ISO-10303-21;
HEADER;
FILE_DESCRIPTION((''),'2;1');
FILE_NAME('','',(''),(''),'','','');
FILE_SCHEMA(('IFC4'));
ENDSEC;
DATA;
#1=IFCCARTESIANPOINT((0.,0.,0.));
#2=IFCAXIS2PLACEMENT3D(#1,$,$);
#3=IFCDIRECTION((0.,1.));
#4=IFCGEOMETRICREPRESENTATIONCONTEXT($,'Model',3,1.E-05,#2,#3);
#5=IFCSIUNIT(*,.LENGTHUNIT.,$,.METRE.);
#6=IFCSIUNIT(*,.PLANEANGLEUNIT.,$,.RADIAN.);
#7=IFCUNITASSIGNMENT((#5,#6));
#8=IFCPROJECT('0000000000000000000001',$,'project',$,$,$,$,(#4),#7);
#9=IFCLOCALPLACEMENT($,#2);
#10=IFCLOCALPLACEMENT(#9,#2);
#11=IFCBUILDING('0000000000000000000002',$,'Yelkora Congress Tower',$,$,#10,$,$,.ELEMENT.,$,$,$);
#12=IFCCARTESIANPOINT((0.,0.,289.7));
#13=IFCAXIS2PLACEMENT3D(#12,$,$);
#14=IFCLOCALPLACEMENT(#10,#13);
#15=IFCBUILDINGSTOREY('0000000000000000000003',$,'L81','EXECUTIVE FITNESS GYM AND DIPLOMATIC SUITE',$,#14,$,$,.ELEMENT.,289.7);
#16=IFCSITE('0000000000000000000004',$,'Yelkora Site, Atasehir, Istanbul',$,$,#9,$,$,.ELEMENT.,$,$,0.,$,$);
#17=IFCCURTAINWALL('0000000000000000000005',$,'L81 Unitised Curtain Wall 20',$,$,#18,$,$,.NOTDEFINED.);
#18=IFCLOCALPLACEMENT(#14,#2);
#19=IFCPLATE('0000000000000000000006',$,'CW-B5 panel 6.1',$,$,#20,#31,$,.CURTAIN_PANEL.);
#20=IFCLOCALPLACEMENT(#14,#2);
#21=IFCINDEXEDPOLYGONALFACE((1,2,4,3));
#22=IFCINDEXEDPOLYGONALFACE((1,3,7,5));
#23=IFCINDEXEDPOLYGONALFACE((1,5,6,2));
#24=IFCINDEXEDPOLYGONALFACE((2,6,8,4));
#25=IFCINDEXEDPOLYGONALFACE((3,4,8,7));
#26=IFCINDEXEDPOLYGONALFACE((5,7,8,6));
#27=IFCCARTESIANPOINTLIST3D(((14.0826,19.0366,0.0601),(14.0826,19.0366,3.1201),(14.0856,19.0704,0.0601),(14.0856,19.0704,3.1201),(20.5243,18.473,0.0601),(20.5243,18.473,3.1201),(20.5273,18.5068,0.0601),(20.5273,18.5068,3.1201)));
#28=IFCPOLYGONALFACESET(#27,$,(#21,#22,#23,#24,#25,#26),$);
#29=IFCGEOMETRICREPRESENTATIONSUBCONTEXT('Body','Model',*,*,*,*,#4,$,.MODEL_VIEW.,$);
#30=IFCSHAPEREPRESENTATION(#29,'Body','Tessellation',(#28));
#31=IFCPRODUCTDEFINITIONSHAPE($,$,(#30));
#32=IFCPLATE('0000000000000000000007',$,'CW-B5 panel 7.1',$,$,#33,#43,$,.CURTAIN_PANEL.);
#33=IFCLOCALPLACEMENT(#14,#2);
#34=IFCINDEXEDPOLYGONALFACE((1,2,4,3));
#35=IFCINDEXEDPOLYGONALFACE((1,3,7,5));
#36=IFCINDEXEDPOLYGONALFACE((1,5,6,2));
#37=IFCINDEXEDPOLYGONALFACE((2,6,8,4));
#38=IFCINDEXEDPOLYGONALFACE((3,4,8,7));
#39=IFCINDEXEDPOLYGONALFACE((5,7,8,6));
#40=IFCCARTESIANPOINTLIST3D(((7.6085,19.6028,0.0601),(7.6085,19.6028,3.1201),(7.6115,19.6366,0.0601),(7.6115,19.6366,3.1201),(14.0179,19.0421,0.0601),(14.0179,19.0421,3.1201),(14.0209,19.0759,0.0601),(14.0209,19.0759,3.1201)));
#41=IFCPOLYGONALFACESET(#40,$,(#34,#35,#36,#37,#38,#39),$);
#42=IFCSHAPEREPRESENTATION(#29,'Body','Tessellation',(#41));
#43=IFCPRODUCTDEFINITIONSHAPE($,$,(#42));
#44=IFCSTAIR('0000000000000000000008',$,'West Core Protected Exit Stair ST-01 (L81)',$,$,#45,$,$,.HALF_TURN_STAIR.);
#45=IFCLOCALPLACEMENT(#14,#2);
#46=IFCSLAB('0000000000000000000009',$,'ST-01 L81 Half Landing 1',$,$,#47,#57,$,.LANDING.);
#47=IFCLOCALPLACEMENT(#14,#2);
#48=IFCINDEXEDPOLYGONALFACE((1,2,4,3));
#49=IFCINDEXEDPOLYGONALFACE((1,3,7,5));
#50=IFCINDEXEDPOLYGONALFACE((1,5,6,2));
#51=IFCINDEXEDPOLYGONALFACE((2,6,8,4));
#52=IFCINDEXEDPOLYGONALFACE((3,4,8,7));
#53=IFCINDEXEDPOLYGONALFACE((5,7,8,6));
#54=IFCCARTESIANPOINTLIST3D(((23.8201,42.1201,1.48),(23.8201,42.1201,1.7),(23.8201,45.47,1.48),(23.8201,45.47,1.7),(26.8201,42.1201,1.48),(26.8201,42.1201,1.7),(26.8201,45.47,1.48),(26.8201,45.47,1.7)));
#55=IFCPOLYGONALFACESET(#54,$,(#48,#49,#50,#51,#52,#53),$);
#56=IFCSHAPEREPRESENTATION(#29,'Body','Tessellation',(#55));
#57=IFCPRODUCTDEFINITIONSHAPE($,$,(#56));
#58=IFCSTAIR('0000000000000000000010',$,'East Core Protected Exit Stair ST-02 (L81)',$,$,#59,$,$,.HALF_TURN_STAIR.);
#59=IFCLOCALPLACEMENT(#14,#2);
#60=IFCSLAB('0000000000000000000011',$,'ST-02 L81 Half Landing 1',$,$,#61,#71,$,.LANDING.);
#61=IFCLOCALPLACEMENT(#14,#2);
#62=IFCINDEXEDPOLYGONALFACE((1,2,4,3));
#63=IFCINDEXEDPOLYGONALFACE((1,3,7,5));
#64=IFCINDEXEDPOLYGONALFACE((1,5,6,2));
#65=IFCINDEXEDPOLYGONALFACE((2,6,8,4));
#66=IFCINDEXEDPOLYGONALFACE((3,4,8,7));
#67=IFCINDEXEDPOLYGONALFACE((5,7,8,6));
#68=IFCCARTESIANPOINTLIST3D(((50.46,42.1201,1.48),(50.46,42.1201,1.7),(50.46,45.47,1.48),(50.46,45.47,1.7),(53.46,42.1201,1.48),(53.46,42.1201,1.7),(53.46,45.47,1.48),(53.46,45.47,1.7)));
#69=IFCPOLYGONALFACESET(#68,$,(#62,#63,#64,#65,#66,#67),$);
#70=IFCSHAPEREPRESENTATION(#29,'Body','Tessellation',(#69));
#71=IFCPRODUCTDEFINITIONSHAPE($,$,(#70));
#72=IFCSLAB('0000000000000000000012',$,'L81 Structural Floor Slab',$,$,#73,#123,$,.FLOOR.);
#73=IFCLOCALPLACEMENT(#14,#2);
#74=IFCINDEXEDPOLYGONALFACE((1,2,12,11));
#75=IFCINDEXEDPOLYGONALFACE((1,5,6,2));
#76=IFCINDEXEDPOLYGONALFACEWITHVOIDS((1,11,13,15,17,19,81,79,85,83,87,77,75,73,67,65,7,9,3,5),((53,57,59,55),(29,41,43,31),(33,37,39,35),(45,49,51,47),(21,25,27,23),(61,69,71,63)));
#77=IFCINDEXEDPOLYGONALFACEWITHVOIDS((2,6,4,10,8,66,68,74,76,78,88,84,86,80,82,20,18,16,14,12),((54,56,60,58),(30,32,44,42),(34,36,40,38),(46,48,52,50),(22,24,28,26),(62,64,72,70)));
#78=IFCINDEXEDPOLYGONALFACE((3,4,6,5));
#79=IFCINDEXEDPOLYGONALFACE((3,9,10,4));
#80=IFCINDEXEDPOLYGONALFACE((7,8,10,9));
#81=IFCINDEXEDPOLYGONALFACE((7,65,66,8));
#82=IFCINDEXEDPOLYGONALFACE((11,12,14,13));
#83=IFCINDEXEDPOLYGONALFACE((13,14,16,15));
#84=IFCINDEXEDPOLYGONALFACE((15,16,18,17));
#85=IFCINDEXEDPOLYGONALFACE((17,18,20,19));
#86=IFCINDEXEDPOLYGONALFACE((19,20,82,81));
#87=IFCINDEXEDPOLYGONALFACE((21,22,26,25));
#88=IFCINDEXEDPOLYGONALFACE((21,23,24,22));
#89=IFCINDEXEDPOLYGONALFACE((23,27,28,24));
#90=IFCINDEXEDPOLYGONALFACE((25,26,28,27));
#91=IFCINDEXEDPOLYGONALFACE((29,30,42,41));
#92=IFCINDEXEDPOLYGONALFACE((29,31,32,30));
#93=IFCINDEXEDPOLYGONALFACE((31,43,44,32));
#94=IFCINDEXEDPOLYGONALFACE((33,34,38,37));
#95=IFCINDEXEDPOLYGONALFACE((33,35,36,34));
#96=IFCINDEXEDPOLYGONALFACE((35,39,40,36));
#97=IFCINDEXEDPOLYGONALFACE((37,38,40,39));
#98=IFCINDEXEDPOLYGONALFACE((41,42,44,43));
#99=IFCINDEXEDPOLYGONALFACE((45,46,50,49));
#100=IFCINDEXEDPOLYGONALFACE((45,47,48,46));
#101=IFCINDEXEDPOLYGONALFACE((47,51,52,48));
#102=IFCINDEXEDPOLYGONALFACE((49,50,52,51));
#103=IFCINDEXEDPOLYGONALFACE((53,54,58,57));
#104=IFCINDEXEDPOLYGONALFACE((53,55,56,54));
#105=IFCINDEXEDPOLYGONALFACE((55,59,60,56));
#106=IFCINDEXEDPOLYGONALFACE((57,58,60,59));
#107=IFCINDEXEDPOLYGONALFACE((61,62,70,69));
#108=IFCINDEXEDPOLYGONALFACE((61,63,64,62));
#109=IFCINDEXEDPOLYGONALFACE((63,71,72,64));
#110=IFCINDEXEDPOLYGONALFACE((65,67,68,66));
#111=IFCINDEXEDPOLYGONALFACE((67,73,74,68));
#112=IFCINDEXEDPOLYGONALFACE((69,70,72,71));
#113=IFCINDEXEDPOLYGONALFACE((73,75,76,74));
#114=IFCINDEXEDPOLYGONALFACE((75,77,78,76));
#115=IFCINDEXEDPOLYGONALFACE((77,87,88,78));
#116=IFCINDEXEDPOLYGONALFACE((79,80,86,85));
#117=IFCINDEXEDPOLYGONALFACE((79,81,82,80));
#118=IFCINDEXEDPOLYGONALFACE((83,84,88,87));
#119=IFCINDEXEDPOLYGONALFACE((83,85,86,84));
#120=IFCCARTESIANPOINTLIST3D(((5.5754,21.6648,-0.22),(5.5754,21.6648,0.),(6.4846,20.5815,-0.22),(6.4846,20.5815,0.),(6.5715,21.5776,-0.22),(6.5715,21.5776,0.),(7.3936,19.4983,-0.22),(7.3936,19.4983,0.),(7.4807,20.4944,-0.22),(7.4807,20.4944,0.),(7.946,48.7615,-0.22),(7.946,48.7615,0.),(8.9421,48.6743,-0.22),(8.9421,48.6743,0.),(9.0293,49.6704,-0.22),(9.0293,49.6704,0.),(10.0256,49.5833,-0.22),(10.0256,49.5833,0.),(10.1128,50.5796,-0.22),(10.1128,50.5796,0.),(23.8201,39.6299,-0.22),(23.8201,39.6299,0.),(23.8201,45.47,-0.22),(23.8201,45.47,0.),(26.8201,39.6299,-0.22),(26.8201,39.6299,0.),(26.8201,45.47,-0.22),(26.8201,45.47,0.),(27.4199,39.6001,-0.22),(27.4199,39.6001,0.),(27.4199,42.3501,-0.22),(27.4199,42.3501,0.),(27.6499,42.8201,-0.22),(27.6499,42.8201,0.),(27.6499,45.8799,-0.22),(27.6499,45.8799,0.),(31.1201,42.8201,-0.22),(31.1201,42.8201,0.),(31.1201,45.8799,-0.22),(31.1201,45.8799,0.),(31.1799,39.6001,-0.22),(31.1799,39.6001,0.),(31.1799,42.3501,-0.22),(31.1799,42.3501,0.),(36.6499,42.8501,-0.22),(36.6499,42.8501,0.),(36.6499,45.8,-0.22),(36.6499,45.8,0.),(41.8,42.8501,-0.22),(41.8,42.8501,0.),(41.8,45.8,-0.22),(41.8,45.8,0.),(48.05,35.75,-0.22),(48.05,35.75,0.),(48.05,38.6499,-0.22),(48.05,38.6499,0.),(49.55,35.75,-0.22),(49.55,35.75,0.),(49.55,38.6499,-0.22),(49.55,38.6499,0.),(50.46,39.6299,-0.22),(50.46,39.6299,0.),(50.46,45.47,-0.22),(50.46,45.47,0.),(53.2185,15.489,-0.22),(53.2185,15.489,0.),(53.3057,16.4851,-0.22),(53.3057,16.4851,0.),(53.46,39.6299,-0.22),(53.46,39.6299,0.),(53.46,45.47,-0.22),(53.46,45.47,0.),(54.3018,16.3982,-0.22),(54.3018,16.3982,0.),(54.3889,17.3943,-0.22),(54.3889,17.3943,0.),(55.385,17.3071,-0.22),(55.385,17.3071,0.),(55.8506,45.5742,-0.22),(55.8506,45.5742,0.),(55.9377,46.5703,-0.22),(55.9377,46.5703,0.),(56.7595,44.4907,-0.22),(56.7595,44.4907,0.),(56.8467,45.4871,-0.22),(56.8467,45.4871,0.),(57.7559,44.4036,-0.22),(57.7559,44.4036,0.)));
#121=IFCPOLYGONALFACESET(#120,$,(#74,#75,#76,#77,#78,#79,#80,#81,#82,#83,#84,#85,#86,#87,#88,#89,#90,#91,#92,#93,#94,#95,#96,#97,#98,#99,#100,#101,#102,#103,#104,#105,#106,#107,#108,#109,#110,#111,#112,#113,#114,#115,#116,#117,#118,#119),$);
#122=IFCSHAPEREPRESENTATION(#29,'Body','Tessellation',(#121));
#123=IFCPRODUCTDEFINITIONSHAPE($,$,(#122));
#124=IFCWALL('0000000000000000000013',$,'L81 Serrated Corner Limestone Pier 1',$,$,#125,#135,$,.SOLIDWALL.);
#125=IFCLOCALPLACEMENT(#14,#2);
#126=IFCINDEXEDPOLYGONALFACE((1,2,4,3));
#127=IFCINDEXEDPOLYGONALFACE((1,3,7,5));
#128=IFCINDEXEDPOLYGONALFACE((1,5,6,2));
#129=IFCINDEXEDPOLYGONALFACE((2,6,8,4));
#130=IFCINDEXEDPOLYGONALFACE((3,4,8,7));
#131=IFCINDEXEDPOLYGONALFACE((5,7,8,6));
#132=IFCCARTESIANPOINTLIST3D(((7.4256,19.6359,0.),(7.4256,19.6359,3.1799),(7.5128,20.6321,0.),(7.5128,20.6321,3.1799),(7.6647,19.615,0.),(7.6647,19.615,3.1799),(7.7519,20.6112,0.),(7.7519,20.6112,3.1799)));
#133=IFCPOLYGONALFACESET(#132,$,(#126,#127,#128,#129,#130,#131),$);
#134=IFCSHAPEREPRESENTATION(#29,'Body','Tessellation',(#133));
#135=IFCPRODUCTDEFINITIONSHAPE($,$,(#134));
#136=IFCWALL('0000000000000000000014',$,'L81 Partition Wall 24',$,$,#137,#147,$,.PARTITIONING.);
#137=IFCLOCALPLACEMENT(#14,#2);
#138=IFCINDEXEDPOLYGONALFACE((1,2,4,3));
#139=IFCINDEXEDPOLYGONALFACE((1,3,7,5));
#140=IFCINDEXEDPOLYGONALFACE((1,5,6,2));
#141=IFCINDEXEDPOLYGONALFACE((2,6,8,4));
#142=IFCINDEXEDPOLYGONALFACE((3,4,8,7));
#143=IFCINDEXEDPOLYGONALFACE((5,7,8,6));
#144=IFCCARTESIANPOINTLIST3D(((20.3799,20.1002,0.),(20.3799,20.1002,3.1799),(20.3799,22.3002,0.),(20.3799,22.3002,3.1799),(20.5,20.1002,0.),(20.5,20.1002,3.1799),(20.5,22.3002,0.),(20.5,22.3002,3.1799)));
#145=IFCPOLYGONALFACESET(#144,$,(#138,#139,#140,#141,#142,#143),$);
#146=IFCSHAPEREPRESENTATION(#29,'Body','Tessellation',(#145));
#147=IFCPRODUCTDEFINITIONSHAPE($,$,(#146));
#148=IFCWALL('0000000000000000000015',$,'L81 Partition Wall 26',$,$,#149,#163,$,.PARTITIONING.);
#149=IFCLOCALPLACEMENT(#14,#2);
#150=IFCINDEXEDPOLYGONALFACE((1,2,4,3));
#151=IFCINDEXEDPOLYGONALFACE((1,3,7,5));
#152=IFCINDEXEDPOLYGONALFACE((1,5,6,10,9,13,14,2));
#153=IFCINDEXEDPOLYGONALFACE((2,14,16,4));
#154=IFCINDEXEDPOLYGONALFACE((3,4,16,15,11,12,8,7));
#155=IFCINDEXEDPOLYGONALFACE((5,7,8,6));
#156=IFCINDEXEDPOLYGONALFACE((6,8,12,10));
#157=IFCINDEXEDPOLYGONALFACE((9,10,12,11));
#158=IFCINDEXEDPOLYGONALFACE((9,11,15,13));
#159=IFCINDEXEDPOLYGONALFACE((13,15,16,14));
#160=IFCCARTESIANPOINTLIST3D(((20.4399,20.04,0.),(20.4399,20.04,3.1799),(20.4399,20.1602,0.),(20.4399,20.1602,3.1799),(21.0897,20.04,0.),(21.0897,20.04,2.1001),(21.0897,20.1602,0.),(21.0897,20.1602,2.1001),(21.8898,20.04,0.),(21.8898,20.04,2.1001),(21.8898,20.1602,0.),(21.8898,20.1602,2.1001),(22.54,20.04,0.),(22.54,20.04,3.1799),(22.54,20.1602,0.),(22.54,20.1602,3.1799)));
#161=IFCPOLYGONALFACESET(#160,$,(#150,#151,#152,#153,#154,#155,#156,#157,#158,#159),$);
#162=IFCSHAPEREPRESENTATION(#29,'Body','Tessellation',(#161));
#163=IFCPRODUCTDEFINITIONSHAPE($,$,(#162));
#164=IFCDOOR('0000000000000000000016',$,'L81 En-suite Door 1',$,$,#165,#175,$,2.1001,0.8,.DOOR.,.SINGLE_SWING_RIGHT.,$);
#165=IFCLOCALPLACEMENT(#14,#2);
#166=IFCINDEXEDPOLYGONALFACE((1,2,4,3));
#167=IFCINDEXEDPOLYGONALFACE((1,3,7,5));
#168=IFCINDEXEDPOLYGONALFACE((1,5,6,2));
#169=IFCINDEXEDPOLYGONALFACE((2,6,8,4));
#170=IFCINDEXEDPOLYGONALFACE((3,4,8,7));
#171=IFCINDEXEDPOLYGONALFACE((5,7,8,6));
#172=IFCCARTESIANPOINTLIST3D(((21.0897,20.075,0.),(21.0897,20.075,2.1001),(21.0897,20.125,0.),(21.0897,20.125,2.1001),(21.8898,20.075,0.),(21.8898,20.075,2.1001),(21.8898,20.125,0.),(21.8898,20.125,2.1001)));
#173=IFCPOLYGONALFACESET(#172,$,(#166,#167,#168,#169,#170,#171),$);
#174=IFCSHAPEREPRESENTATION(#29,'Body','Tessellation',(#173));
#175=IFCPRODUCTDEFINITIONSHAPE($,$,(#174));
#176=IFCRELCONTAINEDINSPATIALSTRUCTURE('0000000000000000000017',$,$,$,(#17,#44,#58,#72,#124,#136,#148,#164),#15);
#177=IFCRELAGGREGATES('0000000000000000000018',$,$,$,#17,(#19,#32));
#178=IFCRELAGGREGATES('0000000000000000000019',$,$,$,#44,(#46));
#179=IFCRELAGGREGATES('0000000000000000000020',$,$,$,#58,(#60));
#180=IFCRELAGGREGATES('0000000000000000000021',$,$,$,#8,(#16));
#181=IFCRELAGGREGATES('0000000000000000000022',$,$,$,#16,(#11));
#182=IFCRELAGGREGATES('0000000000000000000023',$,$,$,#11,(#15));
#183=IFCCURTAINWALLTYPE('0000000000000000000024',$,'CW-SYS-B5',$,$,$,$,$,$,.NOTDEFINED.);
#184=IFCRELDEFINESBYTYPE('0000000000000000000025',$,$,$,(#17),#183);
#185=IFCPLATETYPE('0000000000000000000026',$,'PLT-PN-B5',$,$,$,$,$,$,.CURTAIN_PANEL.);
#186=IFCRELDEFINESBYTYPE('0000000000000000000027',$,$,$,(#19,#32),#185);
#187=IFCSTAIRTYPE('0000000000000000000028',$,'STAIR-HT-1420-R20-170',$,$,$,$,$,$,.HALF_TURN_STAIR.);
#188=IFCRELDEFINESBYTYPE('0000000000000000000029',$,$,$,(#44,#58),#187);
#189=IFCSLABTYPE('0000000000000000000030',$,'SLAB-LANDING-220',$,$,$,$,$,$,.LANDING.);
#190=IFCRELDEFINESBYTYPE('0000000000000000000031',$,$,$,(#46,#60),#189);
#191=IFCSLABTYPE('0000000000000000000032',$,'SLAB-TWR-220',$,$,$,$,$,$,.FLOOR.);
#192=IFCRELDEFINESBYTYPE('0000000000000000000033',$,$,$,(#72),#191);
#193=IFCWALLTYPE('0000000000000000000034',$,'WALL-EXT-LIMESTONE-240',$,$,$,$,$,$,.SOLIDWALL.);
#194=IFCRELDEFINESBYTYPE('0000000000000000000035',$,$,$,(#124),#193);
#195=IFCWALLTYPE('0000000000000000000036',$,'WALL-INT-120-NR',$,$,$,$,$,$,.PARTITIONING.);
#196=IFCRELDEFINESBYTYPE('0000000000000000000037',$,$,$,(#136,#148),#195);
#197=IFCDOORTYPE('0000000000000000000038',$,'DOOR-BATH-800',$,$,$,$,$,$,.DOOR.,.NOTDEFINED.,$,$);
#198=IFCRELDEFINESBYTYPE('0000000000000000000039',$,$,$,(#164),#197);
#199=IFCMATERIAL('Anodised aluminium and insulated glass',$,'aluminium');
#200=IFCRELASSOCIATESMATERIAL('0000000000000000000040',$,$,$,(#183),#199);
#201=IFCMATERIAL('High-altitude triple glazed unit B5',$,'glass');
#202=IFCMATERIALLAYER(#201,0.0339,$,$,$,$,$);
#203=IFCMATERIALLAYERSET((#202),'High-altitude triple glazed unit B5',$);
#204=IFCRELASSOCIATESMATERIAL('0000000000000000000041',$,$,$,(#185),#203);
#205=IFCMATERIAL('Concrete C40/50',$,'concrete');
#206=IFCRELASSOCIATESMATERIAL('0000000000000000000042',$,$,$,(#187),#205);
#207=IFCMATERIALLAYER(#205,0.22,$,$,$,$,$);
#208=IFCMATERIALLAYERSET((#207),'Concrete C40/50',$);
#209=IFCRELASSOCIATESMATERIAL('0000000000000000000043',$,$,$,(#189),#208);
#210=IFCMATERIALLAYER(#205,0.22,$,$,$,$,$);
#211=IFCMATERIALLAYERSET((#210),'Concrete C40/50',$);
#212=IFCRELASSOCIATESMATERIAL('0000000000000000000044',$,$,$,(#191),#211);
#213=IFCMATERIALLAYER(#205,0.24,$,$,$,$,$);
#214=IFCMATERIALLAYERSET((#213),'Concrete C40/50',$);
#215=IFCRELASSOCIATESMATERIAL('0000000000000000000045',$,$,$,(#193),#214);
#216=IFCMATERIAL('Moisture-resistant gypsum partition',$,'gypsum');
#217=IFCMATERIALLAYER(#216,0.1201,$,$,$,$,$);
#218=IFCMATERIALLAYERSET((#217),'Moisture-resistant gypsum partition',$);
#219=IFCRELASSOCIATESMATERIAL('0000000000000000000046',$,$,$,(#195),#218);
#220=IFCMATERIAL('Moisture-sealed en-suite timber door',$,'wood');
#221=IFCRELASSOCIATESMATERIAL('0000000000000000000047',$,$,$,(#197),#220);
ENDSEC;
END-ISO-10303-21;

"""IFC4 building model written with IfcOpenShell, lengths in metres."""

from ifc_helpers import new_model, si_unit, direction, frame, frame_2d, origin, origin_2d, place, context, subcontext, project, spatial, polyline, rectangle, outline, extrude, material, layer, layer_set, type_object, element, fill, aggregate, save


model = new_model("IFC4")

# Units and contexts
model_context = context("Model", 3, precision=1e-05, world=origin(), true_north=direction((0.0, 1.0)))
body_context = subcontext(model_context, "Body", "Model", "MODEL_VIEW")
ifc_project = project(units=[si_unit("LENGTHUNIT", "METRE"), si_unit("PLANEANGLEUNIT", "RADIAN")], contexts=[model_context])

# Site, building, storey
site_placement = place(None, origin())
site = spatial("IfcSite", under=ifc_project, at=site_placement, Name="Yelkora Site, Atasehir, Istanbul", CompositionType="ELEMENT", RefElevation=0.0)
building_placement = place(site_placement, origin())
building = spatial("IfcBuilding", under=site, at=building_placement, Name="Yelkora Congress Tower", CompositionType="ELEMENT")
storey_placement = place(building_placement, frame((0.0, 0.0, 289.7)))
storey = spatial("IfcBuildingStorey", under=building, at=storey_placement, Name="L81", Description="EXECUTIVE FITNESS GYM AND DIPLOMATIC SUITE", CompositionType="ELEMENT", Elevation=289.7)

# Curtain wall, plates
ifc_material_1 = material(Name="Anodised aluminium and insulated glass", Category="aluminium")
curtain_wall_type = type_object("IfcCurtainWallType", Name="CW-SYS-B5", PredefinedType="NOTDEFINED", material=ifc_material_1)
curtain_wall_placement = place(storey_placement, origin())
curtain_wall = element("IfcCurtainWall", 1, at=curtain_wall_placement, inside=storey, type_object=curtain_wall_type, Name="L81 Unitised Curtain Wall 20", PredefinedType="NOTDEFINED")
ifc_material_2 = material(Name="High-altitude triple glazed unit B5", Category="glass")
ifc_layer_1 = layer(ifc_material_2, 0.0339)
ifc_layer_set_1 = layer_set([ifc_layer_1], Name="High-altitude triple glazed unit B5")
plate_type = type_object("IfcPlateType", Name="PLT-PN-B5", PredefinedType="CURTAIN_PANEL", material=ifc_layer_set_1)
plate_1_placement = place(storey_placement, frame((17.3049, 18.7717, 0.0601), z_axis=(0.0, 0.0, 1.0), x_axis=(-0.996195, 0.087157, 0.0)))
plate_1 = element("IfcPlate", 2, at=plate_1_placement, type_object=plate_type, Name="CW-B5 panel 6.1", PredefinedType="CURTAIN_PANEL", context=body_context, shape_type="SweptSolid", body=[
    extrude(rectangle(XDim=6.4663, YDim=0.0339, at=origin_2d()), origin(), (0.0, 0.0, 1.0), 3.0601),
])
plate_2_placement = place(storey_placement, frame((10.8147, 19.3394, 0.0601), z_axis=(0.0, 0.0, 1.0), x_axis=(-0.996195, 0.087157, 0.0)))
plate_2 = element("IfcPlate", 3, at=plate_2_placement, type_object=plate_type, Name="CW-B5 panel 7.1", PredefinedType="CURTAIN_PANEL", context=body_context, shape_type="SweptSolid", body=[
    extrude(rectangle(XDim=6.4338, YDim=0.0339, at=origin_2d()), origin(), (0.0, 0.0, 1.0), 3.0601),
])
aggregate(curtain_wall, [plate_1, plate_2])

# Stairs, slabs
ifc_material_3 = material(Name="Concrete C40/50", Category="concrete")
stair_type = type_object("IfcStairType", Name="STAIR-HT-1420-R20-170", PredefinedType="HALF_TURN_STAIR", material=ifc_material_3)
stair_1_placement = place(storey_placement, origin())
stair_1 = element("IfcStair", 4, at=stair_1_placement, inside=storey, type_object=stair_type, Name="West Core Protected Exit Stair ST-01 (L81)", PredefinedType="HALF_TURN_STAIR")
ifc_layer_2 = layer(ifc_material_3, 0.22)
ifc_layer_set_2 = layer_set([ifc_layer_2], Name="Concrete C40/50")
slab_type_1 = type_object("IfcSlabType", Name="SLAB-LANDING-220", PredefinedType="LANDING", material=ifc_layer_set_2)
slab_1_placement = place(storey_placement, frame((0.0, 0.0, 1.48)))
slab_1 = element("IfcSlab", 5, at=slab_1_placement, type_object=slab_type_1, Name="ST-01 L81 Half Landing 1", PredefinedType="LANDING", context=body_context, shape_type="SweptSolid", body=[
    extrude(outline(polyline([(26.8201, 42.1201), (26.8201, 45.47), (23.8201, 45.47), (23.8201, 42.1201), (26.8201, 42.1201)])), origin(), (0.0, 0.0, 1.0), 0.22),
])
aggregate(stair_1, [slab_1])
stair_2_placement = place(storey_placement, origin())
stair_2 = element("IfcStair", 6, at=stair_2_placement, inside=storey, type_object=stair_type, Name="East Core Protected Exit Stair ST-02 (L81)", PredefinedType="HALF_TURN_STAIR")
slab_2_placement = place(storey_placement, frame((0.0, 0.0, 1.48)))
slab_2 = element("IfcSlab", 7, at=slab_2_placement, type_object=slab_type_1, Name="ST-02 L81 Half Landing 1", PredefinedType="LANDING", context=body_context, shape_type="SweptSolid", body=[
    extrude(outline(polyline([(53.46, 42.1201), (53.46, 45.47), (50.46, 45.47), (50.46, 42.1201), (53.46, 42.1201)])), origin(), (0.0, 0.0, 1.0), 0.22),
])
aggregate(stair_2, [slab_2])

# Slab
ifc_layer_3 = layer(ifc_material_3, 0.22)
ifc_layer_set_3 = layer_set([ifc_layer_3], Name="Concrete C40/50")
slab_type_2 = type_object("IfcSlabType", Name="SLAB-TWR-220", PredefinedType="FLOOR", material=ifc_layer_set_3)
slab_3_placement = place(storey_placement, frame((0.0, 0.0, -0.22)))
element("IfcSlab", 8, at=slab_3_placement, inside=storey, type_object=slab_type_2, Name="L81 Structural Floor Slab", PredefinedType="FLOOR", context=body_context, shape_type="SweptSolid", body=[
    extrude(outline(polyline([(7.3936, 19.4983), (53.2185, 15.489), (53.3057, 16.4851), (54.3018, 16.3982), (54.3889, 17.3943), (55.385, 17.3071), (57.7559, 44.4036), (56.7595, 44.4907), (56.8467, 45.4871), (55.8506, 45.5742), (55.9377, 46.5703), (10.1128, 50.5796), (10.0256, 49.5833), (9.0293, 49.6704), (8.9421, 48.6743), (7.946, 48.7615), (5.5754, 21.6648), (6.5715, 21.5776), (6.4846, 20.5815), (7.4807, 20.4944), (7.3936, 19.4983)]), holes=[polyline([(23.8201, 39.6299), (26.8201, 39.6299), (26.8201, 45.47), (23.8201, 45.47), (23.8201, 39.6299)]), polyline([(50.46, 39.6299), (53.46, 39.6299), (53.46, 45.47), (50.46, 45.47), (50.46, 39.6299)]), polyline([(48.05, 35.75), (49.55, 35.75), (49.55, 38.6499), (48.05, 38.6499), (48.05, 35.75)]), polyline([(36.6499, 42.8501), (41.8, 42.8501), (41.8, 45.8), (36.6499, 45.8), (36.6499, 42.8501)]), polyline([(27.4199, 39.6001), (31.1799, 39.6001), (31.1799, 42.3501), (27.4199, 42.3501), (27.4199, 39.6001)]), polyline([(27.6499, 42.8201), (31.1201, 42.8201), (31.1201, 45.8799), (27.6499, 45.8799), (27.6499, 42.8201)])]), origin(), (0.0, 0.0, 1.0), 0.22),
])

# Walls
ifc_layer_4 = layer(ifc_material_3, 0.24)
ifc_layer_set_4 = layer_set([ifc_layer_4], Name="Concrete C40/50")
wall_type_1 = type_object("IfcWallType", Name="WALL-EXT-LIMESTONE-240", PredefinedType="SOLIDWALL", material=ifc_layer_set_4)
wall_1_placement = place(storey_placement, frame((7.5452, 19.6255, 0.0), z_axis=(0.0, 0.0, 1.0), x_axis=(0.087167, 0.996194, 0.0)))
element("IfcWall", 9, at=wall_1_placement, inside=storey, type_object=wall_type_1, Name="L81 Serrated Corner Limestone Pier 1", PredefinedType="SOLIDWALL", context=body_context, shape_type="SweptSolid", body=[
    extrude(rectangle(XDim=1.0, YDim=0.24, at=frame_2d((0.5, 0.0))), origin(), (0.0, 0.0, 1.0), 3.1799),
])
ifc_material_4 = material(Name="Moisture-resistant gypsum partition", Category="gypsum")
ifc_layer_5 = layer(ifc_material_4, 0.1201)
ifc_layer_set_5 = layer_set([ifc_layer_5], Name="Moisture-resistant gypsum partition")
wall_type_2 = type_object("IfcWallType", Name="WALL-INT-120-NR", PredefinedType="PARTITIONING", material=ifc_layer_set_5)
wall_2_placement = place(storey_placement, frame((20.4399, 20.1001, 0.0), z_axis=(0.0, 0.0, 1.0), x_axis=(0.0, 1.0, 0.0)))
element("IfcWall", 10, at=wall_2_placement, inside=storey, type_object=wall_type_2, Name="L81 Partition Wall 24", PredefinedType="PARTITIONING", context=body_context, shape_type="SweptSolid", body=[
    extrude(rectangle(XDim=2.2, YDim=0.1201, at=frame_2d((1.1001, 0.0))), origin(), (0.0, 0.0, 1.0), 3.1799),
])

# Wall, opening, door
wall_3_placement = place(storey_placement, frame((20.4399, 20.1001, 0.0), z_axis=(0.0, 0.0, 1.0), x_axis=(1.0, 0.0, 0.0)))
wall_3 = element("IfcWall", 11, at=wall_3_placement, inside=storey, type_object=wall_type_2, Name="L81 Partition Wall 26", PredefinedType="PARTITIONING", context=body_context, shape_type="SweptSolid", body=[
    extrude(rectangle(XDim=2.1001, YDim=0.1201, at=frame_2d((1.05, 0.0))), origin(), (0.0, 0.0, 1.0), 3.1799),
])
opening_placement = place(wall_3_placement, frame((0.6499, 0.0, 0.0)))
opening = element("IfcOpeningElement", 12, at=opening_placement, cuts=wall_3, PredefinedType="OPENING", context=body_context, shape_type="SweptSolid", body=[
    extrude(rectangle(XDim=0.8, YDim=2.1001, at=frame_2d((0.3999, 1.05))), frame((0.0, 0.0701, 0.0), z_axis=(0.0, -1.0, 0.0), x_axis=(1.0, 0.0, 0.0)), (0.0, 0.0, 1.0), 0.1401),
])
ifc_material_5 = material(Name="Moisture-sealed en-suite timber door", Category="wood")
door_type = type_object("IfcDoorType", Name="DOOR-BATH-800", OperationType="NOTDEFINED", PredefinedType="DOOR", material=ifc_material_5)
door_placement = place(opening_placement, origin())
door = element("IfcDoor", 13, at=door_placement, inside=storey, type_object=door_type, Name="L81 En-suite Door 1", OperationType="SINGLE_SWING_RIGHT", OverallHeight=2.1001, OverallWidth=0.8, PredefinedType="DOOR", context=body_context, shape_type="SweptSolid", body=[
    extrude(rectangle(XDim=0.8, YDim=2.1001, at=frame_2d((0.3999, 1.05))), frame((0.0, 0.0249, 0.0), z_axis=(0.0, -1.0, 0.0), x_axis=(1.0, 0.0, 0.0)), (0.0, 0.0, 1.0), 0.05),
])
fill(opening, door)

save(model, "model.ifc")
